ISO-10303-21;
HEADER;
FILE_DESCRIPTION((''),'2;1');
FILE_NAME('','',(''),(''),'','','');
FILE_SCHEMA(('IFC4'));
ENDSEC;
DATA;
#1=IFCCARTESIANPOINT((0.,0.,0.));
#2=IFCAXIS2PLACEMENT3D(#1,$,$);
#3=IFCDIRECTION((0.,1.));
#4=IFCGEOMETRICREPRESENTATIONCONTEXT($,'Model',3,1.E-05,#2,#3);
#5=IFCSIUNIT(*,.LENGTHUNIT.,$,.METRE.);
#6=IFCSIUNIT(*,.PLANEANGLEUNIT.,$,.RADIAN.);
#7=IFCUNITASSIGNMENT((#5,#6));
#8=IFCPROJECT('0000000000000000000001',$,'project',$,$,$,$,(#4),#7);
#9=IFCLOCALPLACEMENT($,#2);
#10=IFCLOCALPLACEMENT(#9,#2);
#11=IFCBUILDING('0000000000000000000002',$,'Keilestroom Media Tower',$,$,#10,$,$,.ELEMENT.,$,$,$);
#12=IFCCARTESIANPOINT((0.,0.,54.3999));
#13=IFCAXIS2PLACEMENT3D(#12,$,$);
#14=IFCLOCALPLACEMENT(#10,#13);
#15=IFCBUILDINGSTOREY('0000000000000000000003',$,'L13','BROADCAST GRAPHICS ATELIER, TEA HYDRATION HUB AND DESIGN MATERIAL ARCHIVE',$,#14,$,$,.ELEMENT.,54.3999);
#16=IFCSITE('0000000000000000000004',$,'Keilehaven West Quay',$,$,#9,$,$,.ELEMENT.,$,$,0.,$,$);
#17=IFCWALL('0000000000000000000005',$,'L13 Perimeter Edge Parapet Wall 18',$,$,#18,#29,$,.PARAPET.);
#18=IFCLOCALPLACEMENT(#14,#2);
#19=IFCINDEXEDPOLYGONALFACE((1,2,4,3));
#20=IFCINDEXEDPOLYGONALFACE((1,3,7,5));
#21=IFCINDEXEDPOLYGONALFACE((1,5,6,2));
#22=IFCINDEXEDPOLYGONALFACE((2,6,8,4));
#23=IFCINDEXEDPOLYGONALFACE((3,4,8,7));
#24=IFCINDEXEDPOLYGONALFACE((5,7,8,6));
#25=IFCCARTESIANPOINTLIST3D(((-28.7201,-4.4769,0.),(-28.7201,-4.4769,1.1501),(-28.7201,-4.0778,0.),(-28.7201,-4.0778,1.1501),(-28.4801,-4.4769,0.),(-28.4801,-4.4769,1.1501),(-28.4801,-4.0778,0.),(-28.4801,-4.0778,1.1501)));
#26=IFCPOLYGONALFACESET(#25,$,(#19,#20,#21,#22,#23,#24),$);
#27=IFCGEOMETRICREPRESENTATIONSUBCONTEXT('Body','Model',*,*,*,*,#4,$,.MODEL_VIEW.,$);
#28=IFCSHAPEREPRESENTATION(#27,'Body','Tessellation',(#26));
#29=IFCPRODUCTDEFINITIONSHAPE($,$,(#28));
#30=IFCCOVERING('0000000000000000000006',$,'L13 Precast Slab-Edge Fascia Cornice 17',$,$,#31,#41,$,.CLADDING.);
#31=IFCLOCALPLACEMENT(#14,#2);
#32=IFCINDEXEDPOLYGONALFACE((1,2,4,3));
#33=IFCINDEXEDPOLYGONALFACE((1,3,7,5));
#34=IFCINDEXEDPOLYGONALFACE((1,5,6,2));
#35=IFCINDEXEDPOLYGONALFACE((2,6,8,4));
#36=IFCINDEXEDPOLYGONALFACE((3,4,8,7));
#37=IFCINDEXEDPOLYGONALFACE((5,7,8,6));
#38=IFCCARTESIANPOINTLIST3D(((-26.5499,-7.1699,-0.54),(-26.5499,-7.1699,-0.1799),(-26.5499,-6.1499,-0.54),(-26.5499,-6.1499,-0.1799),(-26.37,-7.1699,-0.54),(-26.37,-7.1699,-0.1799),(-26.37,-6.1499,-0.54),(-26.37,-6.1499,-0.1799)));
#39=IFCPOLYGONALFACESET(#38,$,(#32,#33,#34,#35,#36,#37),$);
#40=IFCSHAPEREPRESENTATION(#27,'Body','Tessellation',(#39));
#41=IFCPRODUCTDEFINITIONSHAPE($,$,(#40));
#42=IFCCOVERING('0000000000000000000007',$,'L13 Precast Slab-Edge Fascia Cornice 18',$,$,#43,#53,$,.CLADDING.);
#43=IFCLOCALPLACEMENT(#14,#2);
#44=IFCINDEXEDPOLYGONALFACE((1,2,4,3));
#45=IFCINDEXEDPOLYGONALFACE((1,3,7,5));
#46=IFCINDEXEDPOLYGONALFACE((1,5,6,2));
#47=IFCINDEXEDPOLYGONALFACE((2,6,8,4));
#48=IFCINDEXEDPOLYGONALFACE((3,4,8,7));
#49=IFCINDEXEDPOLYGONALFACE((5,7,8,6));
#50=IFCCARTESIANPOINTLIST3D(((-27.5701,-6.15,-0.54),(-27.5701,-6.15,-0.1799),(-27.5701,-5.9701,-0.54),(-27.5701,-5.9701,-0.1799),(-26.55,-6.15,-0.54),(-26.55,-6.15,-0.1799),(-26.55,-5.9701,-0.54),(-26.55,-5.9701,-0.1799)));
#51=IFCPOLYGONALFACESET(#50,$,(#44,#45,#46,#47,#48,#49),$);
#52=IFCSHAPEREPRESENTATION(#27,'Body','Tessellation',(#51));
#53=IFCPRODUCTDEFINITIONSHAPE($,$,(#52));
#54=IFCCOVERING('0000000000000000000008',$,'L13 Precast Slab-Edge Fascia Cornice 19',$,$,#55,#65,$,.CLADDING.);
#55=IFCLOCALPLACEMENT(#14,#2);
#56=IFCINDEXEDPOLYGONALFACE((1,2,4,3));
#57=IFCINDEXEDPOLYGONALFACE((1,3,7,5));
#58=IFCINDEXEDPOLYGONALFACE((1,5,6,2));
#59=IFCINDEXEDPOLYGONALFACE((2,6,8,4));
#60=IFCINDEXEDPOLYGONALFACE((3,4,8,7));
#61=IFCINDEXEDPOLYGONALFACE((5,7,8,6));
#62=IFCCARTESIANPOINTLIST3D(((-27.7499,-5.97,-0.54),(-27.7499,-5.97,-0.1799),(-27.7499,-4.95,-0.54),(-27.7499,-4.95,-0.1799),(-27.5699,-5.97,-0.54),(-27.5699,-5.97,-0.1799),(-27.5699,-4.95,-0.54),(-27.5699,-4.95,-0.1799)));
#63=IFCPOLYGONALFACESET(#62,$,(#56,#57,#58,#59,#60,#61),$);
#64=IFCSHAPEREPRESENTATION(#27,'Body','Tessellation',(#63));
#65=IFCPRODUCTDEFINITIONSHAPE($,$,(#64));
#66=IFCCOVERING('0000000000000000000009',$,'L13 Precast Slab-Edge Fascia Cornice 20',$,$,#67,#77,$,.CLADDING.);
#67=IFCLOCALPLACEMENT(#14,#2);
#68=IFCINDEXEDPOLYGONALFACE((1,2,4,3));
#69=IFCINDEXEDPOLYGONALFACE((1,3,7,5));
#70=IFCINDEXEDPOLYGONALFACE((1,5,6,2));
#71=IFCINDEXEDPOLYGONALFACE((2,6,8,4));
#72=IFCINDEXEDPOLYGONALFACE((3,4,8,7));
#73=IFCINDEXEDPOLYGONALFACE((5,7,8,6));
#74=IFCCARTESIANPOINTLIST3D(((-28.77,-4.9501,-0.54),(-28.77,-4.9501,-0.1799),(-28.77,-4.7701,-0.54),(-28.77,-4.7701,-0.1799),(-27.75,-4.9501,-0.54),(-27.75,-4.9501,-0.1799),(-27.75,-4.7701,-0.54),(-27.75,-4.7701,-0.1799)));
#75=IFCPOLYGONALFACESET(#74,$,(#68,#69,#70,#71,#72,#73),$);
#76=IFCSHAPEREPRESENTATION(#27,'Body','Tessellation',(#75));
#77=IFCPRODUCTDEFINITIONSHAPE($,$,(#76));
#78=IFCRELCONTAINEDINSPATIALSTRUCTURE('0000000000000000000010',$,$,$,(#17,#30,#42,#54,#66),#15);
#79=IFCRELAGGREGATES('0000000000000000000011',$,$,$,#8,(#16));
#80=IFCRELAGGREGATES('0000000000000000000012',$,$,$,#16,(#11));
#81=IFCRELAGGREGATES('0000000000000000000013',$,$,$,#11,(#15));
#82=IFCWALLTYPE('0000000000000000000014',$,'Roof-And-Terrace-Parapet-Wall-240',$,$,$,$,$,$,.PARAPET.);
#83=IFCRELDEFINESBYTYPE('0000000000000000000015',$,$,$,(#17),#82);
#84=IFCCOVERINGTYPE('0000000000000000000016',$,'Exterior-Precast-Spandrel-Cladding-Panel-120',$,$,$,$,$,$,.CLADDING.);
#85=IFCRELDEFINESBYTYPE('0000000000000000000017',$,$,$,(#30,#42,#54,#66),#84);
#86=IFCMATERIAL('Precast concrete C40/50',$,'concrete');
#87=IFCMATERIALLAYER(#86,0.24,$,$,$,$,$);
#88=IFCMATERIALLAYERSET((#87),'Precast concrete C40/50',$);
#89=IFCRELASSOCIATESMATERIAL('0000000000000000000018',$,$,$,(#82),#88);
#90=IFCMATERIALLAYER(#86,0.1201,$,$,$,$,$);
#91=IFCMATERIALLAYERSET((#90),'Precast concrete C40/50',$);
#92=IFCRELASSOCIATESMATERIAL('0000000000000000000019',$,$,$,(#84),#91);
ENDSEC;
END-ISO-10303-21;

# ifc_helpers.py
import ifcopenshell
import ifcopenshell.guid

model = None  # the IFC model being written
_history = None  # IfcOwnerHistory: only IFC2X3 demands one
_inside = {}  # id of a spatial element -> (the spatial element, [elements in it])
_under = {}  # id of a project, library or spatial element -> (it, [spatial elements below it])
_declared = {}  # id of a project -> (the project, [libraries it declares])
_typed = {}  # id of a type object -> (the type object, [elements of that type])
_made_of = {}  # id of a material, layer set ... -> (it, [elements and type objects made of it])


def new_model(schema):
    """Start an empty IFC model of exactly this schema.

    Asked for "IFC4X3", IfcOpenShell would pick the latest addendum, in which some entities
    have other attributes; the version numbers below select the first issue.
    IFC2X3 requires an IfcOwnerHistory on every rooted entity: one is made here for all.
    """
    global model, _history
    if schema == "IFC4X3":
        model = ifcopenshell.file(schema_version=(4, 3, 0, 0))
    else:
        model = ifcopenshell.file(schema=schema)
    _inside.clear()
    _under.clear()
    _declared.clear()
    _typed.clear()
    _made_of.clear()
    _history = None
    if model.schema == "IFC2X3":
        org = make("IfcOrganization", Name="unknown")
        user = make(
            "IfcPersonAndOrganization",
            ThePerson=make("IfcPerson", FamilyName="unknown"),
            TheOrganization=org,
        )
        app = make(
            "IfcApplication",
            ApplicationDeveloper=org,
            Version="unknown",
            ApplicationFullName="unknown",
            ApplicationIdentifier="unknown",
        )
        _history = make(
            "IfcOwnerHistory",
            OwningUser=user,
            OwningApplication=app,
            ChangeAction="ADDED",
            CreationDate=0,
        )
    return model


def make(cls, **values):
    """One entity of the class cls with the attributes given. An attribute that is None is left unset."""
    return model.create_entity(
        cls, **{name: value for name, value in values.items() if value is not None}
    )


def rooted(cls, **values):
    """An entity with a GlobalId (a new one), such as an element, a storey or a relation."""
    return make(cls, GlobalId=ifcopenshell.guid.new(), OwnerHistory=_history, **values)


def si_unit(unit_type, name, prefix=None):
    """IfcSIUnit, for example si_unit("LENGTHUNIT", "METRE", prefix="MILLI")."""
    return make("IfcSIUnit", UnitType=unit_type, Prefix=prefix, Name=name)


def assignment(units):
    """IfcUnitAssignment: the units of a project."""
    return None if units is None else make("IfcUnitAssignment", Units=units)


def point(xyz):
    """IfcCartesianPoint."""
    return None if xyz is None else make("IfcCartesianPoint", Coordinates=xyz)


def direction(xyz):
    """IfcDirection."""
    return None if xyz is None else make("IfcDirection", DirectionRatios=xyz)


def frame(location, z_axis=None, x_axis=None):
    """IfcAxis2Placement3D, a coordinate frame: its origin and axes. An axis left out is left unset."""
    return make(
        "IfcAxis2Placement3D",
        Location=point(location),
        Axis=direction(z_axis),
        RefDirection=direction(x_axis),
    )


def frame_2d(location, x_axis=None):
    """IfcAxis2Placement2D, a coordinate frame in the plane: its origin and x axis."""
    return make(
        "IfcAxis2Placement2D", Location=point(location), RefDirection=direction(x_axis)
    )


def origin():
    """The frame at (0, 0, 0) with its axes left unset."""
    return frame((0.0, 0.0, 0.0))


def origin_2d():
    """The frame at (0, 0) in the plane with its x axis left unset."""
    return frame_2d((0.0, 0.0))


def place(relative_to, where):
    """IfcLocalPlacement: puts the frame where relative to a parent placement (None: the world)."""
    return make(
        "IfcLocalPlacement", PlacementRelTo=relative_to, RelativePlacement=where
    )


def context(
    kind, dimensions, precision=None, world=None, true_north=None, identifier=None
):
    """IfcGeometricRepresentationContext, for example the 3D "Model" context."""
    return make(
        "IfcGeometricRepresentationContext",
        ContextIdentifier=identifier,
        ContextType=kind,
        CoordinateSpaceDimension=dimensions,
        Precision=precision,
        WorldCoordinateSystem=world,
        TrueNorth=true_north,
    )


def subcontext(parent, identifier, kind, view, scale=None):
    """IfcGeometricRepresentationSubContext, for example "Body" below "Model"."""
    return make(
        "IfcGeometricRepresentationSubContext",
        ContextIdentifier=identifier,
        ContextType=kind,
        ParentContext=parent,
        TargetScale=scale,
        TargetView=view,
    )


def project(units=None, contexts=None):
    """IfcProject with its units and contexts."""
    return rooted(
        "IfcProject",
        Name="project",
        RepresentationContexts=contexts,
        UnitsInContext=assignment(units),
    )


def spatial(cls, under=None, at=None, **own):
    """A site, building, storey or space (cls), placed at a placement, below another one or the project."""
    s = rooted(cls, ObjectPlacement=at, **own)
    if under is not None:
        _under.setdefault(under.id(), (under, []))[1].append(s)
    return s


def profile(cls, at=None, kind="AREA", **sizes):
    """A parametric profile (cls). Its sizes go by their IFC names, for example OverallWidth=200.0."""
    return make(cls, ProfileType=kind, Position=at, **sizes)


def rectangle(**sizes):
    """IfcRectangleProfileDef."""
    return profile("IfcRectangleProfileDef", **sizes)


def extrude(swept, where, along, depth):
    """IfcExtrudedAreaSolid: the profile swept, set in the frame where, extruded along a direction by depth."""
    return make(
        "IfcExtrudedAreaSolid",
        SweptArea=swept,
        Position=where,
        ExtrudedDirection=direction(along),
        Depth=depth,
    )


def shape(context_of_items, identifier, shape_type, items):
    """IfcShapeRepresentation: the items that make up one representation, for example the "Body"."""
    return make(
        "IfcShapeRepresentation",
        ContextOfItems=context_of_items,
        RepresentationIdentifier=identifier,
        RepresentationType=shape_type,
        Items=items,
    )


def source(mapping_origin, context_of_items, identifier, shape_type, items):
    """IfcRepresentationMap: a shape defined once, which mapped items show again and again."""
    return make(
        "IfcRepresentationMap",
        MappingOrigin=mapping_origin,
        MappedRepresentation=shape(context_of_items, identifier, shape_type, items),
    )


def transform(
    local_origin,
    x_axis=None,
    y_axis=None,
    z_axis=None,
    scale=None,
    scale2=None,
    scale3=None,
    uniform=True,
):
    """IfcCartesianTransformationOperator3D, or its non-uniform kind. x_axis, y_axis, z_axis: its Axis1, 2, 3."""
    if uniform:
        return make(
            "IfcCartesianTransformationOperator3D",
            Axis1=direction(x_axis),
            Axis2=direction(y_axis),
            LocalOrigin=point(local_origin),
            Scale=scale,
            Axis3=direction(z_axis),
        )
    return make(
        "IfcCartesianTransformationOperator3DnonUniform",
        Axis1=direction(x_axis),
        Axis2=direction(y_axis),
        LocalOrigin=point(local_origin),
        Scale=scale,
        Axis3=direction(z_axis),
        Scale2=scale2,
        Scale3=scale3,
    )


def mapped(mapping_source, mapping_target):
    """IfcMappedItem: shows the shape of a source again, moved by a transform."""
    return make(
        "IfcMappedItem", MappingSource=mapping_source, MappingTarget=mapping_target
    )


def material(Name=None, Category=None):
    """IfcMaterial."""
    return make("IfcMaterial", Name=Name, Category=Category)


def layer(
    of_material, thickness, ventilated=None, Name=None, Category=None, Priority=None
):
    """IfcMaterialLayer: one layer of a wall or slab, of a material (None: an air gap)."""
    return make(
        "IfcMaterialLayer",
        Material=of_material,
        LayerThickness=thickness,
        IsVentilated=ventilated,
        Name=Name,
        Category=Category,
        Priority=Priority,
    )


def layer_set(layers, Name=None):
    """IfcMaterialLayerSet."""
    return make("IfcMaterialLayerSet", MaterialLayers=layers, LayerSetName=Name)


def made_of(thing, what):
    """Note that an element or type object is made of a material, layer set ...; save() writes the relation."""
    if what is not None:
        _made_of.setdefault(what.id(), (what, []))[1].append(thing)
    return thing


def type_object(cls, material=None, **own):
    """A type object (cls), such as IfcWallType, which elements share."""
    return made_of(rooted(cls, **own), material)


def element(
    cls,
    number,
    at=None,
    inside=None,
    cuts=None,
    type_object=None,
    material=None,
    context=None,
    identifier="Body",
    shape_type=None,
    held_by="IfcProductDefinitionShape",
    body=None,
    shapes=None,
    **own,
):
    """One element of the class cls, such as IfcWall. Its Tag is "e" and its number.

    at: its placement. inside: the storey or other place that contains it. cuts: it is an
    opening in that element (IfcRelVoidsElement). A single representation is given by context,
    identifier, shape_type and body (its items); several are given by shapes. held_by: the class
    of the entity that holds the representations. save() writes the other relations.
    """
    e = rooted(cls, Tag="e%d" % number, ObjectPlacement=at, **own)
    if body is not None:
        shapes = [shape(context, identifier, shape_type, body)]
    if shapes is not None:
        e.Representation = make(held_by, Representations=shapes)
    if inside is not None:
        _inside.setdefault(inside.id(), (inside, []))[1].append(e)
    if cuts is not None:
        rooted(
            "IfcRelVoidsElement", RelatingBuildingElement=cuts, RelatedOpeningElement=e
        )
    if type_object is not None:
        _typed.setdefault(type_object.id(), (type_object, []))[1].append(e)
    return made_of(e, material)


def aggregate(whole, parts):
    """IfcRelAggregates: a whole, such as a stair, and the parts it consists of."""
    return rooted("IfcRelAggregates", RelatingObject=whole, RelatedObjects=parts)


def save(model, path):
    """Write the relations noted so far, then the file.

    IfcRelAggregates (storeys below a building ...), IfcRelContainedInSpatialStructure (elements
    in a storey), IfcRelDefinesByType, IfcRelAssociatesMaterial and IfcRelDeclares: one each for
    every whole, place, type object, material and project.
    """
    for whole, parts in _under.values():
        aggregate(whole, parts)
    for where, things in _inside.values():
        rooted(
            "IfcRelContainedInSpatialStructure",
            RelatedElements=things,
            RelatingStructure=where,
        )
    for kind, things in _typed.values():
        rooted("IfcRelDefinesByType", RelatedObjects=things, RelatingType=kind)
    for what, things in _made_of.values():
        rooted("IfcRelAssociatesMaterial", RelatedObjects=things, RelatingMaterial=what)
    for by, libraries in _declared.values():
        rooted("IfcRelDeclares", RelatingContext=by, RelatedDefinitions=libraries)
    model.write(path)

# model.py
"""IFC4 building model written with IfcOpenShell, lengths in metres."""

from ifc_helpers import new_model, si_unit, direction, frame, frame_2d, origin, origin_2d, place, context, subcontext, project, spatial, rectangle, extrude, source, transform, mapped, material, layer, layer_set, type_object, element, save


model = new_model("IFC4")

# Units and contexts
model_context = context("Model", 3, precision=1e-05, world=origin(), true_north=direction((0.0, 1.0)))
body_context = subcontext(model_context, "Body", "Model", "MODEL_VIEW")
ifc_project = project(units=[si_unit("LENGTHUNIT", "METRE"), si_unit("PLANEANGLEUNIT", "RADIAN")], contexts=[model_context])

# Site, building, storey
site_placement = place(None, origin())
site = spatial("IfcSite", under=ifc_project, at=site_placement, Name="Keilehaven West Quay", CompositionType="ELEMENT", RefElevation=0.0)
building_placement = place(site_placement, origin())
building = spatial("IfcBuilding", under=site, at=building_placement, Name="Keilestroom Media Tower", CompositionType="ELEMENT")
storey_placement = place(building_placement, frame((0.0, 0.0, 54.3999)))
storey = spatial("IfcBuildingStorey", under=building, at=storey_placement, Name="L13", Description="BROADCAST GRAPHICS ATELIER, TEA HYDRATION HUB AND DESIGN MATERIAL ARCHIVE", CompositionType="ELEMENT", Elevation=54.3999)

# Shared definitions
ifc_material_1 = material(Name="Precast concrete C40/50", Category="concrete")

# Wall
ifc_layer_1 = layer(ifc_material_1, 0.24)
ifc_layer_set_1 = layer_set([ifc_layer_1], Name="Precast concrete C40/50")
wall_type_1 = type_object("IfcWallType", Name="Roof-And-Terrace-Parapet-Wall-240", PredefinedType="PARAPET", material=ifc_layer_set_1)
wall_1_placement = place(storey_placement, frame((-28.6001, -4.4771, 0.0), z_axis=(0.0, 0.0, 1.0), x_axis=(0.0, 1.0, 0.0)))
element("IfcWall", 1, at=wall_1_placement, inside=storey, type_object=wall_type_1, Name="L13 Perimeter Edge Parapet Wall 18", PredefinedType="PARAPET", context=body_context, shape_type="SweptSolid", body=[
    extrude(rectangle(XDim=0.3992, YDim=0.24, at=frame_2d((0.1997, 0.0))), origin(), (0.0, 0.0, 1.0), 1.1501),
])

# Coverings
ifc_layer_2 = layer(ifc_material_1, 0.1201)
ifc_layer_set_2 = layer_set([ifc_layer_2], Name="Precast concrete C40/50")
covering_type = type_object("IfcCoveringType", Name="Exterior-Precast-Spandrel-Cladding-Panel-120", PredefinedType="CLADDING", material=ifc_layer_set_2)
shared_shape_1 = source(origin(), body_context, "Body", "SweptSolid", [
    extrude(rectangle(XDim=1.02, YDim=0.1799, at=origin_2d()), origin(), (0.0, 0.0, 1.0), 0.3601),
])
for number, where, z_axis, x_axis, name in (
    (2, (-26.46, -6.6599, -0.54), (0.0, 0.0, 1.0), (0.0, 1.0, 0.0), "L13 Precast Slab-Edge Fascia Cornice 17"),
    (3, (-27.0601, -6.0601, -0.54), (0.0, 0.0, 1.0), (-1.0, 0.0, 0.0), "L13 Precast Slab-Edge Fascia Cornice 18"),
    (4, (-27.6599, -5.46, -0.54), (0.0, 0.0, 1.0), (0.0, 1.0, 0.0), "L13 Precast Slab-Edge Fascia Cornice 19"),
    (5, (-28.26, -4.8601, -0.54), (0.0, 0.0, 1.0), (-1.0, 0.0, 0.0), "L13 Precast Slab-Edge Fascia Cornice 20"),
):
    element("IfcCovering", number, at=place(storey_placement, frame(where, z_axis=z_axis, x_axis=x_axis)), inside=storey, type_object=covering_type, Name=name, PredefinedType="CLADDING", context=body_context, shape_type="MappedRepresentation", body=[
        mapped(shared_shape_1, transform((0.0, 0.0, 0.0), x_axis=(1.0, 0.0, 0.0), y_axis=(0.0, 1.0, 0.0), z_axis=(0.0, 0.0, 1.0), scale=1.0)),
    ])

save(model, "model.ifc")
